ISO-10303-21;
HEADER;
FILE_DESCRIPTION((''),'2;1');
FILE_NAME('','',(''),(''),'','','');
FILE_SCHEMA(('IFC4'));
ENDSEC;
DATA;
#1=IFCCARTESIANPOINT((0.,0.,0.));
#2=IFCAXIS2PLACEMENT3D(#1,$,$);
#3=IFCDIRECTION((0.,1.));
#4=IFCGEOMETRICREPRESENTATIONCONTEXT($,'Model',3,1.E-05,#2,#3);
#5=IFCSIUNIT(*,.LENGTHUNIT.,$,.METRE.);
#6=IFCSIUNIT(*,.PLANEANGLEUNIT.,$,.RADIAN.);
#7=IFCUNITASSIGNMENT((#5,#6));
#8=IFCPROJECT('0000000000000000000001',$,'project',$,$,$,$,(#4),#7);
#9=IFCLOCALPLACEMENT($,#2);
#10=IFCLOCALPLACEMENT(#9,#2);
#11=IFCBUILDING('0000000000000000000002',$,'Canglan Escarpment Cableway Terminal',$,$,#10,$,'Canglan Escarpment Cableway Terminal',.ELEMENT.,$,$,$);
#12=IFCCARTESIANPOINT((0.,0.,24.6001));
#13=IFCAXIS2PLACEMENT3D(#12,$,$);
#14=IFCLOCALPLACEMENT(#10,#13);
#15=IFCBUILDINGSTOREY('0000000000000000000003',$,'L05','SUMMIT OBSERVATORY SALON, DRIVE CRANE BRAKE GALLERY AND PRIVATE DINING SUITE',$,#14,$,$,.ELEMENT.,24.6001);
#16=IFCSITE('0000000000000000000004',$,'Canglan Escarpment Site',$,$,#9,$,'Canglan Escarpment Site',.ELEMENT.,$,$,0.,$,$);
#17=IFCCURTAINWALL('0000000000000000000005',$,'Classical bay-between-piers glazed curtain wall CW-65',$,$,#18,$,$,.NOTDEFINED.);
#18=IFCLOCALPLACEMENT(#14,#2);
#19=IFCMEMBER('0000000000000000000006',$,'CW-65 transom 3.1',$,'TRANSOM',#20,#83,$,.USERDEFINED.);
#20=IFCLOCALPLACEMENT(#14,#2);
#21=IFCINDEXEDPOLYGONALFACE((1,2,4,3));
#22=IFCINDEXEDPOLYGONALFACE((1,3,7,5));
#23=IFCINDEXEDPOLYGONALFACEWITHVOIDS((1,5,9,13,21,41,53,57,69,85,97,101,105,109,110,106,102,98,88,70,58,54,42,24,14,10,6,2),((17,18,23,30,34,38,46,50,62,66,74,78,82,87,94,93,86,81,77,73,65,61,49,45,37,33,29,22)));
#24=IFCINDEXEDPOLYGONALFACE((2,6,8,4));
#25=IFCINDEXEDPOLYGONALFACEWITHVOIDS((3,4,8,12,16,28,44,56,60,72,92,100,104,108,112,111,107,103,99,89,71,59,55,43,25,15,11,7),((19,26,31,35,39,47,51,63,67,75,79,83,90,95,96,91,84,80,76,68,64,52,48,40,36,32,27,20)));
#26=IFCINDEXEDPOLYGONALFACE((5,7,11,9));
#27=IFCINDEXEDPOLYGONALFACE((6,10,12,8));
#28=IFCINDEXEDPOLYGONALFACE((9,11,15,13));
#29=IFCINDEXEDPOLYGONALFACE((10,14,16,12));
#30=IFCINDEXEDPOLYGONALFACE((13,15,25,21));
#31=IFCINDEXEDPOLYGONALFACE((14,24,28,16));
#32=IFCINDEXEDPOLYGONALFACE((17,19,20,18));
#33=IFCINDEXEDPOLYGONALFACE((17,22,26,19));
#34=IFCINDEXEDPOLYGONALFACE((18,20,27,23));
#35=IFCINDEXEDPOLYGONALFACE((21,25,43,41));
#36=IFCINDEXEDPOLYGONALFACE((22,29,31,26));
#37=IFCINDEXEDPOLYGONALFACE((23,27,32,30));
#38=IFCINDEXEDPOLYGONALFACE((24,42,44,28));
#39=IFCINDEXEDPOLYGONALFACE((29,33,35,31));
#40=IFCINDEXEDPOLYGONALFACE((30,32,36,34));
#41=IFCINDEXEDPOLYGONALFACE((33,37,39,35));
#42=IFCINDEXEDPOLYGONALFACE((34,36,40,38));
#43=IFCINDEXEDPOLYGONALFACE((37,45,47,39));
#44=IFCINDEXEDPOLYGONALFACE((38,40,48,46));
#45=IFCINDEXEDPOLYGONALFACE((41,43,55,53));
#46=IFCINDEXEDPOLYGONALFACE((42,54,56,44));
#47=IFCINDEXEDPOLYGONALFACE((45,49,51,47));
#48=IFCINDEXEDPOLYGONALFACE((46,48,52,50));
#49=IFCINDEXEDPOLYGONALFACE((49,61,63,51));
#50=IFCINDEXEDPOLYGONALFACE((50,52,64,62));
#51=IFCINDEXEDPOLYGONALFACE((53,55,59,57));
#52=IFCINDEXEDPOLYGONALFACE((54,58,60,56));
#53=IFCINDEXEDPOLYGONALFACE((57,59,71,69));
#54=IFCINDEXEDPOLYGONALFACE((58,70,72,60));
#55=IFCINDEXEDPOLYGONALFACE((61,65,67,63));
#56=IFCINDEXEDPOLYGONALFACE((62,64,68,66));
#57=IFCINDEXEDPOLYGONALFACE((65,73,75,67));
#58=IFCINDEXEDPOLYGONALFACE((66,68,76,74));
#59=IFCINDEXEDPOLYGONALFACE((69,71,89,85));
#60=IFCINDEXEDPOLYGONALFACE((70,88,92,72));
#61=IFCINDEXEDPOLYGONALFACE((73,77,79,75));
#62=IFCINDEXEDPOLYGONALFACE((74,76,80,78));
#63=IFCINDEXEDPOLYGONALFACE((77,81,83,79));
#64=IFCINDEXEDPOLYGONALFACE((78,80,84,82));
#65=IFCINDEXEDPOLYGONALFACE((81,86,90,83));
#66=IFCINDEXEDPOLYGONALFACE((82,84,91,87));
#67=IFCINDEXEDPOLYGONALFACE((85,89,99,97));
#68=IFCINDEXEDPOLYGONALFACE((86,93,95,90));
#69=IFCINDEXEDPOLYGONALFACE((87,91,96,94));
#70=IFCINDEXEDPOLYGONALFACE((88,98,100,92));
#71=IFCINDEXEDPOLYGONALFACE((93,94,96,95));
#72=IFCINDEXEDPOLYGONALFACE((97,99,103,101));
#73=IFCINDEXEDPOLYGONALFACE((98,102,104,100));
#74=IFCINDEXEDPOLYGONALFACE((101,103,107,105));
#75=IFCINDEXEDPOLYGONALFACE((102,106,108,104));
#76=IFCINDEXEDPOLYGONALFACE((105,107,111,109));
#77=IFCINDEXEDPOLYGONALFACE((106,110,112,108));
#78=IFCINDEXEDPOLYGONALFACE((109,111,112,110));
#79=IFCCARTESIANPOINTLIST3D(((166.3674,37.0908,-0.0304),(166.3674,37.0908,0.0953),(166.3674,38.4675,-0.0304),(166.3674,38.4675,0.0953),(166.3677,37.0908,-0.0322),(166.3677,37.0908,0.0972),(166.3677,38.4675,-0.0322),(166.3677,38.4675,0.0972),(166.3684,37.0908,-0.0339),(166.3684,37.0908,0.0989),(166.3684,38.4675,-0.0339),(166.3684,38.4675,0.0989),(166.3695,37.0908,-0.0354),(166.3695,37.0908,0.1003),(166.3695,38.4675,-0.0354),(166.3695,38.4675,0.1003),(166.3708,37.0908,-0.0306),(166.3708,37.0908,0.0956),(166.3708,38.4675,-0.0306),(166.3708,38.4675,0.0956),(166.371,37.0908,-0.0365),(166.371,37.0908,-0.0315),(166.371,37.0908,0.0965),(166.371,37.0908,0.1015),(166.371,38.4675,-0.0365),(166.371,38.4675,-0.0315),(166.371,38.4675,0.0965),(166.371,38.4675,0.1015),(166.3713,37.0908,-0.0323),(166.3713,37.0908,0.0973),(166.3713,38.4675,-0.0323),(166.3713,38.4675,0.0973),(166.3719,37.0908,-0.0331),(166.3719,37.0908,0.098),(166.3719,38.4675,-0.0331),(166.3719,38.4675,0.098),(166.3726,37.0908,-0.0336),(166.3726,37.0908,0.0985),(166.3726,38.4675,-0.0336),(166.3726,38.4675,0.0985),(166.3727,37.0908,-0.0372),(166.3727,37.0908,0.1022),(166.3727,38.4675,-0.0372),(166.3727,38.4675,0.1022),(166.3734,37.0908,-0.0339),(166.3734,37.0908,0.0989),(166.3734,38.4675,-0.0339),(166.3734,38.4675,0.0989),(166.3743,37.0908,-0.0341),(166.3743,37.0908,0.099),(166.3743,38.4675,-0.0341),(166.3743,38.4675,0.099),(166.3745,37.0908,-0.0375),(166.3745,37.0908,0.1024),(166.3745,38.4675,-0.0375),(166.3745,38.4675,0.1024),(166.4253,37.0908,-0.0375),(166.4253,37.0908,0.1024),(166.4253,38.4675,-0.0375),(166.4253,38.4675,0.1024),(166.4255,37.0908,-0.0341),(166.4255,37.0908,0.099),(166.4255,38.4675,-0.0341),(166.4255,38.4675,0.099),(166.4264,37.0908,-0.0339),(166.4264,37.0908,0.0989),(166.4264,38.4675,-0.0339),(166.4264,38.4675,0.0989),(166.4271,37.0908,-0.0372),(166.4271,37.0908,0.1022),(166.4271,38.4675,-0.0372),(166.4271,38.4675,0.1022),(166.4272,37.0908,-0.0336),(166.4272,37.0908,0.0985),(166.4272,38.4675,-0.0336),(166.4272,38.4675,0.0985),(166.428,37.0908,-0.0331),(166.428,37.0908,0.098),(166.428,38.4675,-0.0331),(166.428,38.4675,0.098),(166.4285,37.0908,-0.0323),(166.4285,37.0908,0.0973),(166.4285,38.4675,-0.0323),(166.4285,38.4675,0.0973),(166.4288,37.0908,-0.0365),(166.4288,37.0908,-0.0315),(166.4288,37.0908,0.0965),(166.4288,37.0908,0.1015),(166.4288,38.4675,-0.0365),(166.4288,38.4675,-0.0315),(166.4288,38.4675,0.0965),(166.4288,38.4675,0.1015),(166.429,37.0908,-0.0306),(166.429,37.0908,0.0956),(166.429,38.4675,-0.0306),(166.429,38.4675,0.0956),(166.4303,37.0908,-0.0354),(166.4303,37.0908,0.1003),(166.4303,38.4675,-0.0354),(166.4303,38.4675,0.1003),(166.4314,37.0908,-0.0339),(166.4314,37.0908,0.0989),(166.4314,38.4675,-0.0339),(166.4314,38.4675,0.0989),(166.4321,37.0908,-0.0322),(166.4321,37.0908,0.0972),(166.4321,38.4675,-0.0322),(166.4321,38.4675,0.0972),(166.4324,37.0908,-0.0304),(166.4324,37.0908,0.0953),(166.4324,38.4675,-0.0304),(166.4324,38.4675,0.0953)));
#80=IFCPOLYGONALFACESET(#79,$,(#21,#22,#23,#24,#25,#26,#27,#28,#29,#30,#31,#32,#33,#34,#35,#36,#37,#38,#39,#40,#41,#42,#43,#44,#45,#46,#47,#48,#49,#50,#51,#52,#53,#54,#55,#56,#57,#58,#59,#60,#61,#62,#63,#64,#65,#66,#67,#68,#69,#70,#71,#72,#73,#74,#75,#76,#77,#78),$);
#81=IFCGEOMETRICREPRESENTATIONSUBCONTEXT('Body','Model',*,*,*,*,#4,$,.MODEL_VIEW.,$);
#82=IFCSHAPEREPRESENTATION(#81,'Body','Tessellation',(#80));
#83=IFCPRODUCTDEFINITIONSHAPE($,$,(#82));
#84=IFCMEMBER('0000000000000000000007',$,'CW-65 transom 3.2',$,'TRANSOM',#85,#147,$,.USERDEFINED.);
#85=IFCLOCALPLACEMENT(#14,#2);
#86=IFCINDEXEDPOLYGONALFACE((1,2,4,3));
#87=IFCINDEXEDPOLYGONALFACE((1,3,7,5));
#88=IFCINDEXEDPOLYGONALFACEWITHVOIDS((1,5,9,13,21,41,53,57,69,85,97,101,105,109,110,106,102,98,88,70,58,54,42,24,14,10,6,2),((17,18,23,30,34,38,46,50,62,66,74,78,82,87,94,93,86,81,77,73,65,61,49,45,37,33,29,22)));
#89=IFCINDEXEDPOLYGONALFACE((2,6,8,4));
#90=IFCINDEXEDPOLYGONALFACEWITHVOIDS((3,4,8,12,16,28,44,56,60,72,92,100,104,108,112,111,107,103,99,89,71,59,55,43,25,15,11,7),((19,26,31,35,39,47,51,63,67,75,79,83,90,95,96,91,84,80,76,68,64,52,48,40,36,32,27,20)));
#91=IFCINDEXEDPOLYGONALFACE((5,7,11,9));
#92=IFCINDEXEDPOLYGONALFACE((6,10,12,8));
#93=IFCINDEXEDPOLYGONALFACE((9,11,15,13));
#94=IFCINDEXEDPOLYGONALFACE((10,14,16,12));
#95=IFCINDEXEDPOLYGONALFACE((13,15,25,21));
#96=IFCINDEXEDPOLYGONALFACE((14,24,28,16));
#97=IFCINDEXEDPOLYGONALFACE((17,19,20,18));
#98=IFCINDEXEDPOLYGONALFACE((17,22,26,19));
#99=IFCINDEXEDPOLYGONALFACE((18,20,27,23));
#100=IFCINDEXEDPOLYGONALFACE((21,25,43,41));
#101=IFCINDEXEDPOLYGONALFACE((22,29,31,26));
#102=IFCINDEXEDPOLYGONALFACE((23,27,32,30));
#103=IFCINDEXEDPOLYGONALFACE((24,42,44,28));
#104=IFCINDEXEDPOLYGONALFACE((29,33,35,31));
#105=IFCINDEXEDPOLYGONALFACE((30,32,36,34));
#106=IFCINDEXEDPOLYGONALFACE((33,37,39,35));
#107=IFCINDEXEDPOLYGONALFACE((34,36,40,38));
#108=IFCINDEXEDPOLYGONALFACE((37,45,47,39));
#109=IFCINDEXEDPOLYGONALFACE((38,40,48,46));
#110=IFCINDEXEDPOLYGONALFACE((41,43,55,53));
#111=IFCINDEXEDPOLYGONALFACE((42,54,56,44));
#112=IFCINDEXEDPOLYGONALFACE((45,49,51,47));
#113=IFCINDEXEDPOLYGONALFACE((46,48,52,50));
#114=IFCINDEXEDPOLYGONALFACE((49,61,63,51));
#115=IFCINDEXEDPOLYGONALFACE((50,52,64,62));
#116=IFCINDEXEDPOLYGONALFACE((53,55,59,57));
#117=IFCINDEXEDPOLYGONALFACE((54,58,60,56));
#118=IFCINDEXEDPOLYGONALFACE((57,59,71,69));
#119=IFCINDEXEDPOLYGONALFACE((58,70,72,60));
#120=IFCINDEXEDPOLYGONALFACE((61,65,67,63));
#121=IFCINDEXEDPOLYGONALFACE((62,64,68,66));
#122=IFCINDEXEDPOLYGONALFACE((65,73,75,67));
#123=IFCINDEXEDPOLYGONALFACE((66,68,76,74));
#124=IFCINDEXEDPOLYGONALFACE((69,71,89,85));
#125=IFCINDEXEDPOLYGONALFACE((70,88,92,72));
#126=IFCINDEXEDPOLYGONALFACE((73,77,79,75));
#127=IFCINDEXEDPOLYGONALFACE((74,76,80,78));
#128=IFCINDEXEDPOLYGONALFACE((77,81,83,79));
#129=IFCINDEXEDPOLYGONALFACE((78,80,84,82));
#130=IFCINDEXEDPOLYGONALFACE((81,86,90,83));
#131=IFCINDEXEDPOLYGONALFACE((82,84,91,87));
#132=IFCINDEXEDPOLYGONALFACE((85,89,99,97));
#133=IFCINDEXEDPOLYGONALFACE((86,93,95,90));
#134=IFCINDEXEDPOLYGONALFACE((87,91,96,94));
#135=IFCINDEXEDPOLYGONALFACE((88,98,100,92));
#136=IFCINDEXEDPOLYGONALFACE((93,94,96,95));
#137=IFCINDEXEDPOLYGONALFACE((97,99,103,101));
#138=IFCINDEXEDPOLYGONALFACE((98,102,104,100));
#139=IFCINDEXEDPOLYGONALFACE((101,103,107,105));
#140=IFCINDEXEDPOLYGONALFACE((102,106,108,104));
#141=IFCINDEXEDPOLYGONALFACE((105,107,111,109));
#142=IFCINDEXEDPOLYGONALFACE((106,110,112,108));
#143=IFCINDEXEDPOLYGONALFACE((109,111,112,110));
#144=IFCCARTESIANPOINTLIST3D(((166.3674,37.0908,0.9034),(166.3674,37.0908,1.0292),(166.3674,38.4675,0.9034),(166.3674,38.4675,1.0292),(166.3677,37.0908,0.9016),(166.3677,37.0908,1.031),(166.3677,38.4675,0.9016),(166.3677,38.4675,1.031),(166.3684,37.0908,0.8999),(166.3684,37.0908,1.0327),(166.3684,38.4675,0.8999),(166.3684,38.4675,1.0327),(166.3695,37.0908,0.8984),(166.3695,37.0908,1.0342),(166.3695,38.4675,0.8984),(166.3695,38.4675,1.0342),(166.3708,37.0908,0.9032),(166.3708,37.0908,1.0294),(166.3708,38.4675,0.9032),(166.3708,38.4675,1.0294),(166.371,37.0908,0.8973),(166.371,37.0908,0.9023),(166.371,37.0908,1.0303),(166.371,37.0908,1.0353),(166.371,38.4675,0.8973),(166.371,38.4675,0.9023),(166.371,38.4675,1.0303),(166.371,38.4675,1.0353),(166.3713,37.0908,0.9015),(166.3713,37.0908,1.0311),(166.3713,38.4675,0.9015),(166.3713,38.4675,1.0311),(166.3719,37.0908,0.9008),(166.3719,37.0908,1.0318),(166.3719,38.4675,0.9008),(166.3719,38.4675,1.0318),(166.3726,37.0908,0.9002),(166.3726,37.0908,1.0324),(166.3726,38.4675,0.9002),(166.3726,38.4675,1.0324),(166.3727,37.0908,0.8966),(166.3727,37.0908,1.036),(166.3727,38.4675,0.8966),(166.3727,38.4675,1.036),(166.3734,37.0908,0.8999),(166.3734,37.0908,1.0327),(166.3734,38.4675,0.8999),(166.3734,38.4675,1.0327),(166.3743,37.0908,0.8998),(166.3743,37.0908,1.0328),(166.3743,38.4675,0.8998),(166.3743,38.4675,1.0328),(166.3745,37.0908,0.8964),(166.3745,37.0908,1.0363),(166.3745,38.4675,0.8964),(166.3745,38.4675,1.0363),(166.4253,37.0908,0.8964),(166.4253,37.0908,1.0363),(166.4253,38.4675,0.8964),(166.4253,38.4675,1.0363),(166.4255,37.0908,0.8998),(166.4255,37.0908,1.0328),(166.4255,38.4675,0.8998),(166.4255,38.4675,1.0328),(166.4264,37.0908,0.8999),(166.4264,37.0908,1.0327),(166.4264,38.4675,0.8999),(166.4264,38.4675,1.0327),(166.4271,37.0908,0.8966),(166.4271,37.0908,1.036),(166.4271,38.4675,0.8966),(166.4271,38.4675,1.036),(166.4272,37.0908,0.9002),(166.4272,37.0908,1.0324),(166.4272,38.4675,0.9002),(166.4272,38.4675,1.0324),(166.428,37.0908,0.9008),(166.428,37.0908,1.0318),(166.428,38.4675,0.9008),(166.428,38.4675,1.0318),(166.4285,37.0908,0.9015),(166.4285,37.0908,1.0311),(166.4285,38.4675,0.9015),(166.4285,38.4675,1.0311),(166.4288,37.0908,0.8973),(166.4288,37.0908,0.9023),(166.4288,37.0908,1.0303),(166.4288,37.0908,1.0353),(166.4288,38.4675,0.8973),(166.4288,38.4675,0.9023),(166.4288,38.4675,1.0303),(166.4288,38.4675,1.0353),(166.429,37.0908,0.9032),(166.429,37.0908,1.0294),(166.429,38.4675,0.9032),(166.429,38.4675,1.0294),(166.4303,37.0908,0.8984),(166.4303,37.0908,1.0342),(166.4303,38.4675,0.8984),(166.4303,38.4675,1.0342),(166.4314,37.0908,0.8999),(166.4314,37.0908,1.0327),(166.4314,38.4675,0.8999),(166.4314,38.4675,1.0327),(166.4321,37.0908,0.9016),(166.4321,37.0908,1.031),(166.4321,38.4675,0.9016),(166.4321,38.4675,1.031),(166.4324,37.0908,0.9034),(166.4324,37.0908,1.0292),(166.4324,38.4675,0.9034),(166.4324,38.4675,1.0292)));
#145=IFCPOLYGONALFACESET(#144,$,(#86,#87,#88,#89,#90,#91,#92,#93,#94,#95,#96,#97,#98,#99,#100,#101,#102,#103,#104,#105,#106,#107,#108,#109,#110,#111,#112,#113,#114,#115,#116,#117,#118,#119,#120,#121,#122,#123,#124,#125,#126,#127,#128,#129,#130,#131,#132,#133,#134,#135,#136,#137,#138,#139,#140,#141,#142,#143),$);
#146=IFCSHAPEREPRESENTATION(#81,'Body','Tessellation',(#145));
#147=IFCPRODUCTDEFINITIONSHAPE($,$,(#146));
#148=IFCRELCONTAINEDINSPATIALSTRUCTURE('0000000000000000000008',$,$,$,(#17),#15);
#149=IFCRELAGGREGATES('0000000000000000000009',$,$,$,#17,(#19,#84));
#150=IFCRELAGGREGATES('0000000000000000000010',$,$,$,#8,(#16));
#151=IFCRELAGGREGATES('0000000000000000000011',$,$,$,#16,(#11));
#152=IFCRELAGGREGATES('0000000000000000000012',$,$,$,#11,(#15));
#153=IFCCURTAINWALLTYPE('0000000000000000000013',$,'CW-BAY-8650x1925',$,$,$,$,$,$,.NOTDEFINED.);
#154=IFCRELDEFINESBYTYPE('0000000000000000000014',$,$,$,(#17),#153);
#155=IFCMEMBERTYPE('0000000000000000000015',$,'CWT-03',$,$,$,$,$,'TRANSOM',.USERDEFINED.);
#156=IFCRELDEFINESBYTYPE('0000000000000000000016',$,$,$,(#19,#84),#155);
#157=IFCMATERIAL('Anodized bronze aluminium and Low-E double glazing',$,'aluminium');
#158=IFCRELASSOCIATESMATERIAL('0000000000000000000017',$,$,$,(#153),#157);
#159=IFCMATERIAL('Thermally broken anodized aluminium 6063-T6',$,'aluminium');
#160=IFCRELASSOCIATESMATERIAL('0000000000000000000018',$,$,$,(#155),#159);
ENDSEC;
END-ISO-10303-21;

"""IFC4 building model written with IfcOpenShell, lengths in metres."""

from ifc_helpers import new_model, si_unit, direction, frame, origin, origin_2d, place, context, subcontext, project, spatial, hollow_rectangle, extrude, material, material_profile, profile_set, type_object, element, aggregate, save


model = new_model("IFC4")

# Units and contexts
model_context = context("Model", 3, precision=1e-05, world=origin(), true_north=direction((0.0, 1.0)))
body_context = subcontext(model_context, "Body", "Model", "MODEL_VIEW")
ifc_project = project(units=[si_unit("LENGTHUNIT", "METRE"), si_unit("PLANEANGLEUNIT", "RADIAN")], contexts=[model_context])

# Site, building, storey
site_placement = place(None, origin())
site = spatial("IfcSite", under=ifc_project, at=site_placement, Name="Canglan Escarpment Site", LongName="Canglan Escarpment Site", CompositionType="ELEMENT", RefElevation=0.0)
building_placement = place(site_placement, origin())
building = spatial("IfcBuilding", under=site, at=building_placement, Name="Canglan Escarpment Cableway Terminal", LongName="Canglan Escarpment Cableway Terminal", CompositionType="ELEMENT")
storey_placement = place(building_placement, frame((0.0, 0.0, 24.6001)))
storey = spatial("IfcBuildingStorey", under=building, at=storey_placement, Name="L05", Description="SUMMIT OBSERVATORY SALON, DRIVE CRANE BRAKE GALLERY AND PRIVATE DINING SUITE", CompositionType="ELEMENT", Elevation=24.6001)

# Curtain wall, members
ifc_material_1 = material(Name="Anodized bronze aluminium and Low-E double glazing", Category="aluminium")
curtain_wall_type = type_object("IfcCurtainWallType", Name="CW-BAY-8650x1925", PredefinedType="NOTDEFINED", material=ifc_material_1)
curtain_wall_placement = place(storey_placement, origin())
curtain_wall = element("IfcCurtainWall", 1, at=curtain_wall_placement, inside=storey, type_object=curtain_wall_type, Name="Classical bay-between-piers glazed curtain wall CW-65", PredefinedType="NOTDEFINED")
ifc_material_2 = material(Name="Thermally broken anodized aluminium 6063-T6", Category="aluminium")
ifc_material_profile_1 = material_profile(ifc_material_2, hollow_rectangle(XDim=0.0649, YDim=0.1399, WallThickness=0.0034, InnerFilletRadius=0.0034, OuterFilletRadius=0.0071, at=origin_2d()), Name="ALU-TRAN 65x140x3.5")
ifc_profile_set_1 = profile_set([ifc_material_profile_1], Name="Thermally broken anodized aluminium 6063-T6")
member_type_1 = type_object("IfcMemberType", Name="CWT-03", ElementType="TRANSOM", PredefinedType="USERDEFINED", material=ifc_profile_set_1)
member_1_placement = place(storey_placement, frame((166.3999, 37.0908, 0.0325), z_axis=(0.0, 1.0, 0.0), x_axis=(-1.0, 0.0, 0.0)))
member_1 = element("IfcMember", 2, at=member_1_placement, type_object=member_type_1, Name="CW-65 transom 3.1", ObjectType="TRANSOM", PredefinedType="USERDEFINED", context=body_context, shape_type="SweptSolid", body=[
    extrude(hollow_rectangle(XDim=0.0649, YDim=0.1399, WallThickness=0.0034, InnerFilletRadius=0.0034, OuterFilletRadius=0.0071, at=origin_2d()), origin(), (0.0, 0.0, 1.0), 1.3767),
])
member_2_placement = place(storey_placement, frame((166.3999, 37.0908, 0.9663), z_axis=(0.0, 1.0, 0.0), x_axis=(-1.0, 0.0, 0.0)))
member_2 = element("IfcMember", 3, at=member_2_placement, type_object=member_type_1, Name="CW-65 transom 3.2", ObjectType="TRANSOM", PredefinedType="USERDEFINED", context=body_context, shape_type="SweptSolid", body=[
    extrude(hollow_rectangle(XDim=0.0649, YDim=0.1399, WallThickness=0.0034, InnerFilletRadius=0.0034, OuterFilletRadius=0.0071, at=origin_2d()), origin(), (0.0, 0.0, 1.0), 1.3767),
])
aggregate(curtain_wall, [member_1, member_2])

save(model, "model.ifc")
